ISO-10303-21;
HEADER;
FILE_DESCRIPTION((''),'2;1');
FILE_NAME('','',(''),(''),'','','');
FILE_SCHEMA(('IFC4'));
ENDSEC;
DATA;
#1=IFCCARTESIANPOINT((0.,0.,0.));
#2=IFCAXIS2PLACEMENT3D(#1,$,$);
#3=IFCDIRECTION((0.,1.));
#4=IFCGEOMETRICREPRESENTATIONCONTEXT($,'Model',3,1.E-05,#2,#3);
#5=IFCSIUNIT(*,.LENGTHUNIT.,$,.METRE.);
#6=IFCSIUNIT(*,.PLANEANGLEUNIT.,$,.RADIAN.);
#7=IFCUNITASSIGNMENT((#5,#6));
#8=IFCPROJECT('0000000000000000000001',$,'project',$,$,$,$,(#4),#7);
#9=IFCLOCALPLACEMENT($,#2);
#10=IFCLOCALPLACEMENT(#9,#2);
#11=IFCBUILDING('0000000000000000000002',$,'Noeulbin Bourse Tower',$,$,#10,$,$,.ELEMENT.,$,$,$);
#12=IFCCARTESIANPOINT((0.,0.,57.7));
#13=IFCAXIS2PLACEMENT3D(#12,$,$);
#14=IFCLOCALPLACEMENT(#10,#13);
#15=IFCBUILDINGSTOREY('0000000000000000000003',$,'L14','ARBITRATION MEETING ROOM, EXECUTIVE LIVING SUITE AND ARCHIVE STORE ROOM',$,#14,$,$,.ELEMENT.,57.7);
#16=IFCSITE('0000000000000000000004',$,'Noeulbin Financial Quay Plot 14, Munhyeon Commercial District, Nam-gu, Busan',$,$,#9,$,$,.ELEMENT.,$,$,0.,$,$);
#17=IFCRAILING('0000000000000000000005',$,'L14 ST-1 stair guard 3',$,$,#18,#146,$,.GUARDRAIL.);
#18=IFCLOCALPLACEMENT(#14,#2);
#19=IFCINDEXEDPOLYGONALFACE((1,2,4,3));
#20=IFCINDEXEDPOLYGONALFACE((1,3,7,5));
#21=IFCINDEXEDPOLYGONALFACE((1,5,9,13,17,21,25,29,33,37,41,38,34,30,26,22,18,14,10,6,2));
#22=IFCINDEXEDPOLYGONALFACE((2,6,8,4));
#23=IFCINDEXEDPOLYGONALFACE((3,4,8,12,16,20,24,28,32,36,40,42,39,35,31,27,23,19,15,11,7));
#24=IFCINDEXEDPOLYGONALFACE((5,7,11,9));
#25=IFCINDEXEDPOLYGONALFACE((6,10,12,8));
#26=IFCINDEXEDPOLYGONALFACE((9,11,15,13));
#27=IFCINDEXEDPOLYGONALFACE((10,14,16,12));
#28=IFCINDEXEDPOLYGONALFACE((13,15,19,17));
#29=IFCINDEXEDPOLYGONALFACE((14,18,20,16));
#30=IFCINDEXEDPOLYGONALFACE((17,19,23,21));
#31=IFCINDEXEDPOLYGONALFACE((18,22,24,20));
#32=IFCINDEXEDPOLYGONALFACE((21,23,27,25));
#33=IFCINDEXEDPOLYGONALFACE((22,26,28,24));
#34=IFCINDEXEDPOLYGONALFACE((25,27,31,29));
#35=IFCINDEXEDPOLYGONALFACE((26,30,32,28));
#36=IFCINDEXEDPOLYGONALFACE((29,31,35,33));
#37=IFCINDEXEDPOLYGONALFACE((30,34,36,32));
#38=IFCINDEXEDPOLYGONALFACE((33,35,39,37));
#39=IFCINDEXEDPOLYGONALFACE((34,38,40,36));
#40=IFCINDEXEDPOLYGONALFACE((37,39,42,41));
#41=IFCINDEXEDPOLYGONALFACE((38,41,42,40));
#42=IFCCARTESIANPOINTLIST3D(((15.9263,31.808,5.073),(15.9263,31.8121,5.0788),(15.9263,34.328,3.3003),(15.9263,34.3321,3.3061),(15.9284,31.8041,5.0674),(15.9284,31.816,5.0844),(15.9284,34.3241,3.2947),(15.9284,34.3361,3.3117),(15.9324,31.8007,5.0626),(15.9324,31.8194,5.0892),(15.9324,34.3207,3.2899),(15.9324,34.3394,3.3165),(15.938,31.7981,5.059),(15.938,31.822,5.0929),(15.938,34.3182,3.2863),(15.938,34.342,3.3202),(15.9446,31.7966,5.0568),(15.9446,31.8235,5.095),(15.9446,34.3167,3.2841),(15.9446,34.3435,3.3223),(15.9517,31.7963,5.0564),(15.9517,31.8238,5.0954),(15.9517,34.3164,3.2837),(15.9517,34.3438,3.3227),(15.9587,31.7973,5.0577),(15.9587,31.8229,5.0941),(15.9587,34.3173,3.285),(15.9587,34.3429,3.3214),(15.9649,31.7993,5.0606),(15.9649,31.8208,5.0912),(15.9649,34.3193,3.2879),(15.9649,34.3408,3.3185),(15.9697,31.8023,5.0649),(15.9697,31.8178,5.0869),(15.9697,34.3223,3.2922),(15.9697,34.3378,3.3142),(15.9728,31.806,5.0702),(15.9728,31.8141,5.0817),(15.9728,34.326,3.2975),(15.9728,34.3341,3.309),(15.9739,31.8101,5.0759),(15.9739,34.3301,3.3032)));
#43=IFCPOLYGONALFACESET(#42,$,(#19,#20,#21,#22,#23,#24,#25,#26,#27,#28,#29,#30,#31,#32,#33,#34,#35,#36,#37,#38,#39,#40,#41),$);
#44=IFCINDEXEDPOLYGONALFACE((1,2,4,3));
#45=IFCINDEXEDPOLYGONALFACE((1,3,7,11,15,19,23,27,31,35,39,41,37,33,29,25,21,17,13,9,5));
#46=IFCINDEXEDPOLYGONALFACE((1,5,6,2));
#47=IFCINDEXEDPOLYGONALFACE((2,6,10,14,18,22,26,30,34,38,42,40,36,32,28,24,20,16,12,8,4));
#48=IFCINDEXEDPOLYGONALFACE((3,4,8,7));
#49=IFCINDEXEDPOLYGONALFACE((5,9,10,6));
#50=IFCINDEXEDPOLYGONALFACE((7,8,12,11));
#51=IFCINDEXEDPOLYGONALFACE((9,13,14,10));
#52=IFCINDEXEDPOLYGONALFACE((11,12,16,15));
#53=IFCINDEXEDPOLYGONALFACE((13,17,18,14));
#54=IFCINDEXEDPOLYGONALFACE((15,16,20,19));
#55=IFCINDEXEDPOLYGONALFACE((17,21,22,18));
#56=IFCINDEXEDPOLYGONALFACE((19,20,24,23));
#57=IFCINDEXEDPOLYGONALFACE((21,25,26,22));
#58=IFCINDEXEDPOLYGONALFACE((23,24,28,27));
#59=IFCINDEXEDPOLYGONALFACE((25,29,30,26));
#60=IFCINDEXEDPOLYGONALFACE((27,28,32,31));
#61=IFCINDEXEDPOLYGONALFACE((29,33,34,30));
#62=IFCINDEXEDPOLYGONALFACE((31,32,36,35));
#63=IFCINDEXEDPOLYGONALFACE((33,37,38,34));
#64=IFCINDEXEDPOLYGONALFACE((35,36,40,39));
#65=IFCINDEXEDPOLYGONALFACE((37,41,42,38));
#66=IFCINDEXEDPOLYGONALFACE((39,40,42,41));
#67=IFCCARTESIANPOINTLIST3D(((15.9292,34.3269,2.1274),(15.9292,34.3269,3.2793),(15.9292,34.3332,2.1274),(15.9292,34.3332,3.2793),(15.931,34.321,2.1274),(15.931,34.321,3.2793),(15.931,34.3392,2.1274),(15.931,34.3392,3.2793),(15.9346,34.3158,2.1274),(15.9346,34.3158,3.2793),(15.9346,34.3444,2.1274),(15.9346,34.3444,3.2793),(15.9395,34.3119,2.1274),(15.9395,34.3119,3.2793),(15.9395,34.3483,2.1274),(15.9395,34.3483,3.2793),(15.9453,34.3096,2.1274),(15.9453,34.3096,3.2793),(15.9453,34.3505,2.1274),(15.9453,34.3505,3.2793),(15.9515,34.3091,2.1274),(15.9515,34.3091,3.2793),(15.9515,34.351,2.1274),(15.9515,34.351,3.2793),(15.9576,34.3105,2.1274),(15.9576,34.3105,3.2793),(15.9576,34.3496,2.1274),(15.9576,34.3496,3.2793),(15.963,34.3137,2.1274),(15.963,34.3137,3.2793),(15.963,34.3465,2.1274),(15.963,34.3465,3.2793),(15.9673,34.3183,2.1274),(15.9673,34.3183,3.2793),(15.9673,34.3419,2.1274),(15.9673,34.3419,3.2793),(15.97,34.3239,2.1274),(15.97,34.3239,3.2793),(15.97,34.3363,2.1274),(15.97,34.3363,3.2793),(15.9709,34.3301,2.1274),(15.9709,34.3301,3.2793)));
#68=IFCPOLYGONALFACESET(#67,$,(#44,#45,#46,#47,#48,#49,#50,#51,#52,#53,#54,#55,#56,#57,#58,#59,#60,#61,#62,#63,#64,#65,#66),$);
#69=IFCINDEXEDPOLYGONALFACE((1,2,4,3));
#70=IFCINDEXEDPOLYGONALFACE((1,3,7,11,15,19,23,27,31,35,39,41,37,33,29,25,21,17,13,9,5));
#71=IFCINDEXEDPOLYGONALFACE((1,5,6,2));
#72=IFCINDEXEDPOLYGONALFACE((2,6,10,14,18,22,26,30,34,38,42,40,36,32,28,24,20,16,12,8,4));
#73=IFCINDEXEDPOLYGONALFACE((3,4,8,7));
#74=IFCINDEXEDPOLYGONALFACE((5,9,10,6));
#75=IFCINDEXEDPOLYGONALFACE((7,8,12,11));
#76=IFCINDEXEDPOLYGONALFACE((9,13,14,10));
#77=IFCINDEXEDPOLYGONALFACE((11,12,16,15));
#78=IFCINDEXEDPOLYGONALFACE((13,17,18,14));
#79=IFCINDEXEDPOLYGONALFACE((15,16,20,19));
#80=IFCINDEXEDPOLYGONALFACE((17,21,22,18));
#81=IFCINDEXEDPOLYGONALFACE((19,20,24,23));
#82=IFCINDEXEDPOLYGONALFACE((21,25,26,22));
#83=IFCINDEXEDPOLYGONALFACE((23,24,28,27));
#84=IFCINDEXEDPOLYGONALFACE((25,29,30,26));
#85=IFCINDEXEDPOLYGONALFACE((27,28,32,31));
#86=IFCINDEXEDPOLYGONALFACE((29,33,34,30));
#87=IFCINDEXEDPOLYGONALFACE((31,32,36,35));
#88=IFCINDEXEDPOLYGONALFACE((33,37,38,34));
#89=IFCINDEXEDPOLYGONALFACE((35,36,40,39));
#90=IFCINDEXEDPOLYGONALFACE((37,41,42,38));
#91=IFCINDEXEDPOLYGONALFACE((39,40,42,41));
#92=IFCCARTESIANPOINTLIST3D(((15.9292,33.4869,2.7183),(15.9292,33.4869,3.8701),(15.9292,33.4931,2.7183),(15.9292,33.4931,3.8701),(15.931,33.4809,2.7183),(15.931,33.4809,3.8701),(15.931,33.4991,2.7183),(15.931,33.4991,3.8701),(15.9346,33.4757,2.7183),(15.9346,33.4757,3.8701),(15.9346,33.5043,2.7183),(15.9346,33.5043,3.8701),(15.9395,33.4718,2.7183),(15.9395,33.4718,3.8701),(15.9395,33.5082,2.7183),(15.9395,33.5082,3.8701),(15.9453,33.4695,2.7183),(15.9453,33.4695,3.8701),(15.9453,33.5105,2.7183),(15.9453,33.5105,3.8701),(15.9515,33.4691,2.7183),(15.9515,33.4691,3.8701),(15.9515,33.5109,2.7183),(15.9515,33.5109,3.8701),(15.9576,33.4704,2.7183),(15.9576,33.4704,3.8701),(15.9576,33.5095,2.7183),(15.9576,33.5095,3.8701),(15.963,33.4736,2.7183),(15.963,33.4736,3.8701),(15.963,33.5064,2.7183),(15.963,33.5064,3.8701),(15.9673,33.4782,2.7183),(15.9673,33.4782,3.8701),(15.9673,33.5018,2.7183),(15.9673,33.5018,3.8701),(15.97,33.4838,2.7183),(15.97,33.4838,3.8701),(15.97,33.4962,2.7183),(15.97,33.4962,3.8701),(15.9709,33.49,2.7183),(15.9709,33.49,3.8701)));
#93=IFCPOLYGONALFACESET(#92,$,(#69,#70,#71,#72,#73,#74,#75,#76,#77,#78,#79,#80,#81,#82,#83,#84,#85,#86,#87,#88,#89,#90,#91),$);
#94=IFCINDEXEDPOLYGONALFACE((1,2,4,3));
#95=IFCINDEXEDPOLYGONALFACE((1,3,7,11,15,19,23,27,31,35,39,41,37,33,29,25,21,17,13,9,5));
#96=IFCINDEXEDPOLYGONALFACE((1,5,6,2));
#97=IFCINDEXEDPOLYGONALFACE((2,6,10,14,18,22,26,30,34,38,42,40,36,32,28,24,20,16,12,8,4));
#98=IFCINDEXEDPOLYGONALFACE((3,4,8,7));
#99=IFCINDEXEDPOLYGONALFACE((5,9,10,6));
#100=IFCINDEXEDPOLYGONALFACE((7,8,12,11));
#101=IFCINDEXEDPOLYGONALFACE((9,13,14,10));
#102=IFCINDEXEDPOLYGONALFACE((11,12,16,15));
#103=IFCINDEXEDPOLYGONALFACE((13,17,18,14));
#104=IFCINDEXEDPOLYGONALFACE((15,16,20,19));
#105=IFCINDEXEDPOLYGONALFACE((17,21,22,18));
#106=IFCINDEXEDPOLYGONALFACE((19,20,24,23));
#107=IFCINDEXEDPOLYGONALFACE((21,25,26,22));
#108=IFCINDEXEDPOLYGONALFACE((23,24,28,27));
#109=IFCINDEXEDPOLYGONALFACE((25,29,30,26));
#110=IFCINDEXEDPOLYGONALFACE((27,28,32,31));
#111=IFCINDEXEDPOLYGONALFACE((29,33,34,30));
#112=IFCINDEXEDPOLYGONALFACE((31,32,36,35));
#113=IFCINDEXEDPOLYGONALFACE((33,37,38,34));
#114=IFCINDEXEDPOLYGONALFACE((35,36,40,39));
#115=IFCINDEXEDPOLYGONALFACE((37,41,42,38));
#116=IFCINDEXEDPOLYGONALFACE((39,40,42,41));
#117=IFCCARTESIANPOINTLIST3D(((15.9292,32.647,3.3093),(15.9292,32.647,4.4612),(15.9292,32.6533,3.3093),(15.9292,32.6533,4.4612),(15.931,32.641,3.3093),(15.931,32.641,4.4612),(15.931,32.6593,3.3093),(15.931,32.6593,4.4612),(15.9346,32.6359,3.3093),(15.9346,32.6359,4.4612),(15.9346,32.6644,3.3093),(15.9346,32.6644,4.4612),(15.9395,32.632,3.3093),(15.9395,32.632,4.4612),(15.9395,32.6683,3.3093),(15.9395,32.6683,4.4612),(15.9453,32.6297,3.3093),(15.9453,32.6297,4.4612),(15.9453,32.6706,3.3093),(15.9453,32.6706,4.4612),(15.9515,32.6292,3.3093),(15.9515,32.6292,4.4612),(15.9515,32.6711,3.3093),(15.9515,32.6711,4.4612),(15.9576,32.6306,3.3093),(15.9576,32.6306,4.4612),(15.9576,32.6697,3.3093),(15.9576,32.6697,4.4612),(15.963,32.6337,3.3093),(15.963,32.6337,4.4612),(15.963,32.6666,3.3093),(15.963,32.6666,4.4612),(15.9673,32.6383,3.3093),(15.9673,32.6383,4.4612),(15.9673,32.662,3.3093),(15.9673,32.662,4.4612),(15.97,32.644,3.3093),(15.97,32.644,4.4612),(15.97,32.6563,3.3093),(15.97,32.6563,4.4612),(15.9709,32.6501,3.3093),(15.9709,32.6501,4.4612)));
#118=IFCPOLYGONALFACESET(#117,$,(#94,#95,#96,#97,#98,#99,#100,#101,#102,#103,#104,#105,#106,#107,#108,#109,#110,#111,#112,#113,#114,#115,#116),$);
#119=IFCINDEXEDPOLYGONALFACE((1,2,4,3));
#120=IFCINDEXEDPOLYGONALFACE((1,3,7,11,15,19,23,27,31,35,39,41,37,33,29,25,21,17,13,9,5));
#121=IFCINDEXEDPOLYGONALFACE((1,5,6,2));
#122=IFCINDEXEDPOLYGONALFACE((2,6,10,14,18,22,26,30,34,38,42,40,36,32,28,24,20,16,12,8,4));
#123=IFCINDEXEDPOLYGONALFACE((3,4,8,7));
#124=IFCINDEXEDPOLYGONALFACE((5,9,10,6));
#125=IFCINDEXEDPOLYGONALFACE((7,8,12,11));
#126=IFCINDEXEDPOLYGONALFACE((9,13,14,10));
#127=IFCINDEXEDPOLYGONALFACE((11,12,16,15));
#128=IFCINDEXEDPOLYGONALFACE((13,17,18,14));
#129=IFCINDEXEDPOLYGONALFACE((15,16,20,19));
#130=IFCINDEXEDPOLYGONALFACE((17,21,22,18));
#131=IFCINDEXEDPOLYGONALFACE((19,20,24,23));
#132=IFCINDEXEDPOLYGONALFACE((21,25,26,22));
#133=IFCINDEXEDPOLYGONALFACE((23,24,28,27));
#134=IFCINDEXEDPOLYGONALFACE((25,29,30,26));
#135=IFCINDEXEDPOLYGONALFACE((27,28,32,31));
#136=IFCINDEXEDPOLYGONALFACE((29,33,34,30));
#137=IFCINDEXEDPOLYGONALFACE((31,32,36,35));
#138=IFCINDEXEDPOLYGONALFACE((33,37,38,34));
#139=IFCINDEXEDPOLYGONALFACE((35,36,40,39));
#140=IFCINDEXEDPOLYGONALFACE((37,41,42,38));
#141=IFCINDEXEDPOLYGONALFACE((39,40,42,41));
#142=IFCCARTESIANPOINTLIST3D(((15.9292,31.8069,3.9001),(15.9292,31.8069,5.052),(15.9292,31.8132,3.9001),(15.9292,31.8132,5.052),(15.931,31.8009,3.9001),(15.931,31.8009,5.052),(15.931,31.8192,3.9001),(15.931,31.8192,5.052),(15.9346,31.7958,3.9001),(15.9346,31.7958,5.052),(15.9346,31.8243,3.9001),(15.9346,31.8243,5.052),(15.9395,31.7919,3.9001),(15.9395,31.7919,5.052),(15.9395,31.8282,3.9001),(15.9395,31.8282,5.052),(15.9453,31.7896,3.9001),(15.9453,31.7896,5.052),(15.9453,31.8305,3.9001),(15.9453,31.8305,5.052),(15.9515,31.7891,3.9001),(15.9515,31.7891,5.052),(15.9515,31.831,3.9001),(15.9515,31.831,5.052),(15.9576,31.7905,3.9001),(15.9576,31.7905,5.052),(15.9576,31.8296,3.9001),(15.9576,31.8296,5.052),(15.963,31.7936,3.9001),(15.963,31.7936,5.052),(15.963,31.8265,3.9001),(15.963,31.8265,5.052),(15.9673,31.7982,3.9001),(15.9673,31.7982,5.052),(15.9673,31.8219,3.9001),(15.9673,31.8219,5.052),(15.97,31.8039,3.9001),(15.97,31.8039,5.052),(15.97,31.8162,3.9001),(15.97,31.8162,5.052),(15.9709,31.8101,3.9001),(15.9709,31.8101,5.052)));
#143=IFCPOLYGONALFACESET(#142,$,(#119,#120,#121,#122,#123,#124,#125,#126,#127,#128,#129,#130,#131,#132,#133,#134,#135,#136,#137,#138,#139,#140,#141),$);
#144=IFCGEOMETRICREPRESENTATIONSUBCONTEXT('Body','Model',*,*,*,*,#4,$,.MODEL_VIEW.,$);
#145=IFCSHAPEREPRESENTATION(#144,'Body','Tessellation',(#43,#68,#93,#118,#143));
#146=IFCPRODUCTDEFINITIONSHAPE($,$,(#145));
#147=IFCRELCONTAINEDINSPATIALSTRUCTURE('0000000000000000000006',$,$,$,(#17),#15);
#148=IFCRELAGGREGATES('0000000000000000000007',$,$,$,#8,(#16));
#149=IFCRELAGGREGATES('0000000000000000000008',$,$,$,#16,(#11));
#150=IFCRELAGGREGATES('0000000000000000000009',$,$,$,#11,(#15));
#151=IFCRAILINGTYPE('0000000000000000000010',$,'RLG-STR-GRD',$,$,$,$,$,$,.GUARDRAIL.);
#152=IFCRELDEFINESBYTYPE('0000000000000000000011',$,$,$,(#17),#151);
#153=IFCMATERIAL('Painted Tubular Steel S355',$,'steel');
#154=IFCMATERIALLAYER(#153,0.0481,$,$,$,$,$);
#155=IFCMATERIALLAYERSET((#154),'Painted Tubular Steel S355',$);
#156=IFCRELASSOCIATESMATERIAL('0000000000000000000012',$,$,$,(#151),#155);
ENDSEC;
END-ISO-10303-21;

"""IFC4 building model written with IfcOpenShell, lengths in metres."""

from ifc_helpers import new_model, si_unit, direction, frame, origin, origin_2d, place, context, subcontext, project, spatial, circle, extrude, material, layer, layer_set, type_object, element, save


model = new_model("IFC4")

# Units and contexts
model_context = context("Model", 3, precision=1e-05, world=origin(), true_north=direction((0.0, 1.0)))
body_context = subcontext(model_context, "Body", "Model", "MODEL_VIEW")
ifc_project = project(units=[si_unit("LENGTHUNIT", "METRE"), si_unit("PLANEANGLEUNIT", "RADIAN")], contexts=[model_context])

# Site, building, storey
site_placement = place(None, origin())
site = spatial("IfcSite", under=ifc_project, at=site_placement, Name="Noeulbin Financial Quay Plot 14, Munhyeon Commercial District, Nam-gu, Busan", CompositionType="ELEMENT", RefElevation=0.0)
building_placement = place(site_placement, origin())
building = spatial("IfcBuilding", under=site, at=building_placement, Name="Noeulbin Bourse Tower", CompositionType="ELEMENT")
storey_placement = place(building_placement, frame((0.0, 0.0, 57.7)))
storey = spatial("IfcBuildingStorey", under=building, at=storey_placement, Name="L14", Description="ARBITRATION MEETING ROOM, EXECUTIVE LIVING SUITE AND ARCHIVE STORE ROOM", CompositionType="ELEMENT", Elevation=57.7)

# Railing
ifc_material_1 = material(Name="Painted Tubular Steel S355", Category="steel")
ifc_layer_1 = layer(ifc_material_1, 0.0481)
ifc_layer_set_1 = layer_set([ifc_layer_1], Name="Painted Tubular Steel S355")
railing_type_1 = type_object("IfcRailingType", Name="RLG-STR-GRD", PredefinedType="GUARDRAIL", material=ifc_layer_set_1)
railing_1_placement = place(storey_placement, frame((15.95, 34.3301, 2.1274)))
element("IfcRailing", 1, at=railing_1_placement, inside=storey, type_object=railing_type_1, Name="L14 ST-1 stair guard 3", PredefinedType="GUARDRAIL", context=body_context, shape_type="SweptSolid", body=[
    extrude(circle(Radius=0.0239, at=origin_2d()), frame((0.0, 0.0, 1.1758), z_axis=(0.0, -0.817904, 0.575354), x_axis=(1.0, 0.0, 0.0)), (0.0, 0.0, 1.0), 3.0811),
    extrude(circle(Radius=0.021, at=origin_2d()), origin(), (0.0, 0.0, 1.0), 1.1519),
    extrude(circle(Radius=0.021, at=origin_2d()), frame((0.0, -0.8401, 0.5908)), (0.0, 0.0, 1.0), 1.1519),
    extrude(circle(Radius=0.021, at=origin_2d()), frame((0.0, -1.6799, 1.1819)), (0.0, 0.0, 1.0), 1.1519),
    extrude(circle(Radius=0.021, at=origin_2d()), frame((0.0, -2.52, 1.7727)), (0.0, 0.0, 1.0), 1.1519),
])

save(model, "model.ifc")
